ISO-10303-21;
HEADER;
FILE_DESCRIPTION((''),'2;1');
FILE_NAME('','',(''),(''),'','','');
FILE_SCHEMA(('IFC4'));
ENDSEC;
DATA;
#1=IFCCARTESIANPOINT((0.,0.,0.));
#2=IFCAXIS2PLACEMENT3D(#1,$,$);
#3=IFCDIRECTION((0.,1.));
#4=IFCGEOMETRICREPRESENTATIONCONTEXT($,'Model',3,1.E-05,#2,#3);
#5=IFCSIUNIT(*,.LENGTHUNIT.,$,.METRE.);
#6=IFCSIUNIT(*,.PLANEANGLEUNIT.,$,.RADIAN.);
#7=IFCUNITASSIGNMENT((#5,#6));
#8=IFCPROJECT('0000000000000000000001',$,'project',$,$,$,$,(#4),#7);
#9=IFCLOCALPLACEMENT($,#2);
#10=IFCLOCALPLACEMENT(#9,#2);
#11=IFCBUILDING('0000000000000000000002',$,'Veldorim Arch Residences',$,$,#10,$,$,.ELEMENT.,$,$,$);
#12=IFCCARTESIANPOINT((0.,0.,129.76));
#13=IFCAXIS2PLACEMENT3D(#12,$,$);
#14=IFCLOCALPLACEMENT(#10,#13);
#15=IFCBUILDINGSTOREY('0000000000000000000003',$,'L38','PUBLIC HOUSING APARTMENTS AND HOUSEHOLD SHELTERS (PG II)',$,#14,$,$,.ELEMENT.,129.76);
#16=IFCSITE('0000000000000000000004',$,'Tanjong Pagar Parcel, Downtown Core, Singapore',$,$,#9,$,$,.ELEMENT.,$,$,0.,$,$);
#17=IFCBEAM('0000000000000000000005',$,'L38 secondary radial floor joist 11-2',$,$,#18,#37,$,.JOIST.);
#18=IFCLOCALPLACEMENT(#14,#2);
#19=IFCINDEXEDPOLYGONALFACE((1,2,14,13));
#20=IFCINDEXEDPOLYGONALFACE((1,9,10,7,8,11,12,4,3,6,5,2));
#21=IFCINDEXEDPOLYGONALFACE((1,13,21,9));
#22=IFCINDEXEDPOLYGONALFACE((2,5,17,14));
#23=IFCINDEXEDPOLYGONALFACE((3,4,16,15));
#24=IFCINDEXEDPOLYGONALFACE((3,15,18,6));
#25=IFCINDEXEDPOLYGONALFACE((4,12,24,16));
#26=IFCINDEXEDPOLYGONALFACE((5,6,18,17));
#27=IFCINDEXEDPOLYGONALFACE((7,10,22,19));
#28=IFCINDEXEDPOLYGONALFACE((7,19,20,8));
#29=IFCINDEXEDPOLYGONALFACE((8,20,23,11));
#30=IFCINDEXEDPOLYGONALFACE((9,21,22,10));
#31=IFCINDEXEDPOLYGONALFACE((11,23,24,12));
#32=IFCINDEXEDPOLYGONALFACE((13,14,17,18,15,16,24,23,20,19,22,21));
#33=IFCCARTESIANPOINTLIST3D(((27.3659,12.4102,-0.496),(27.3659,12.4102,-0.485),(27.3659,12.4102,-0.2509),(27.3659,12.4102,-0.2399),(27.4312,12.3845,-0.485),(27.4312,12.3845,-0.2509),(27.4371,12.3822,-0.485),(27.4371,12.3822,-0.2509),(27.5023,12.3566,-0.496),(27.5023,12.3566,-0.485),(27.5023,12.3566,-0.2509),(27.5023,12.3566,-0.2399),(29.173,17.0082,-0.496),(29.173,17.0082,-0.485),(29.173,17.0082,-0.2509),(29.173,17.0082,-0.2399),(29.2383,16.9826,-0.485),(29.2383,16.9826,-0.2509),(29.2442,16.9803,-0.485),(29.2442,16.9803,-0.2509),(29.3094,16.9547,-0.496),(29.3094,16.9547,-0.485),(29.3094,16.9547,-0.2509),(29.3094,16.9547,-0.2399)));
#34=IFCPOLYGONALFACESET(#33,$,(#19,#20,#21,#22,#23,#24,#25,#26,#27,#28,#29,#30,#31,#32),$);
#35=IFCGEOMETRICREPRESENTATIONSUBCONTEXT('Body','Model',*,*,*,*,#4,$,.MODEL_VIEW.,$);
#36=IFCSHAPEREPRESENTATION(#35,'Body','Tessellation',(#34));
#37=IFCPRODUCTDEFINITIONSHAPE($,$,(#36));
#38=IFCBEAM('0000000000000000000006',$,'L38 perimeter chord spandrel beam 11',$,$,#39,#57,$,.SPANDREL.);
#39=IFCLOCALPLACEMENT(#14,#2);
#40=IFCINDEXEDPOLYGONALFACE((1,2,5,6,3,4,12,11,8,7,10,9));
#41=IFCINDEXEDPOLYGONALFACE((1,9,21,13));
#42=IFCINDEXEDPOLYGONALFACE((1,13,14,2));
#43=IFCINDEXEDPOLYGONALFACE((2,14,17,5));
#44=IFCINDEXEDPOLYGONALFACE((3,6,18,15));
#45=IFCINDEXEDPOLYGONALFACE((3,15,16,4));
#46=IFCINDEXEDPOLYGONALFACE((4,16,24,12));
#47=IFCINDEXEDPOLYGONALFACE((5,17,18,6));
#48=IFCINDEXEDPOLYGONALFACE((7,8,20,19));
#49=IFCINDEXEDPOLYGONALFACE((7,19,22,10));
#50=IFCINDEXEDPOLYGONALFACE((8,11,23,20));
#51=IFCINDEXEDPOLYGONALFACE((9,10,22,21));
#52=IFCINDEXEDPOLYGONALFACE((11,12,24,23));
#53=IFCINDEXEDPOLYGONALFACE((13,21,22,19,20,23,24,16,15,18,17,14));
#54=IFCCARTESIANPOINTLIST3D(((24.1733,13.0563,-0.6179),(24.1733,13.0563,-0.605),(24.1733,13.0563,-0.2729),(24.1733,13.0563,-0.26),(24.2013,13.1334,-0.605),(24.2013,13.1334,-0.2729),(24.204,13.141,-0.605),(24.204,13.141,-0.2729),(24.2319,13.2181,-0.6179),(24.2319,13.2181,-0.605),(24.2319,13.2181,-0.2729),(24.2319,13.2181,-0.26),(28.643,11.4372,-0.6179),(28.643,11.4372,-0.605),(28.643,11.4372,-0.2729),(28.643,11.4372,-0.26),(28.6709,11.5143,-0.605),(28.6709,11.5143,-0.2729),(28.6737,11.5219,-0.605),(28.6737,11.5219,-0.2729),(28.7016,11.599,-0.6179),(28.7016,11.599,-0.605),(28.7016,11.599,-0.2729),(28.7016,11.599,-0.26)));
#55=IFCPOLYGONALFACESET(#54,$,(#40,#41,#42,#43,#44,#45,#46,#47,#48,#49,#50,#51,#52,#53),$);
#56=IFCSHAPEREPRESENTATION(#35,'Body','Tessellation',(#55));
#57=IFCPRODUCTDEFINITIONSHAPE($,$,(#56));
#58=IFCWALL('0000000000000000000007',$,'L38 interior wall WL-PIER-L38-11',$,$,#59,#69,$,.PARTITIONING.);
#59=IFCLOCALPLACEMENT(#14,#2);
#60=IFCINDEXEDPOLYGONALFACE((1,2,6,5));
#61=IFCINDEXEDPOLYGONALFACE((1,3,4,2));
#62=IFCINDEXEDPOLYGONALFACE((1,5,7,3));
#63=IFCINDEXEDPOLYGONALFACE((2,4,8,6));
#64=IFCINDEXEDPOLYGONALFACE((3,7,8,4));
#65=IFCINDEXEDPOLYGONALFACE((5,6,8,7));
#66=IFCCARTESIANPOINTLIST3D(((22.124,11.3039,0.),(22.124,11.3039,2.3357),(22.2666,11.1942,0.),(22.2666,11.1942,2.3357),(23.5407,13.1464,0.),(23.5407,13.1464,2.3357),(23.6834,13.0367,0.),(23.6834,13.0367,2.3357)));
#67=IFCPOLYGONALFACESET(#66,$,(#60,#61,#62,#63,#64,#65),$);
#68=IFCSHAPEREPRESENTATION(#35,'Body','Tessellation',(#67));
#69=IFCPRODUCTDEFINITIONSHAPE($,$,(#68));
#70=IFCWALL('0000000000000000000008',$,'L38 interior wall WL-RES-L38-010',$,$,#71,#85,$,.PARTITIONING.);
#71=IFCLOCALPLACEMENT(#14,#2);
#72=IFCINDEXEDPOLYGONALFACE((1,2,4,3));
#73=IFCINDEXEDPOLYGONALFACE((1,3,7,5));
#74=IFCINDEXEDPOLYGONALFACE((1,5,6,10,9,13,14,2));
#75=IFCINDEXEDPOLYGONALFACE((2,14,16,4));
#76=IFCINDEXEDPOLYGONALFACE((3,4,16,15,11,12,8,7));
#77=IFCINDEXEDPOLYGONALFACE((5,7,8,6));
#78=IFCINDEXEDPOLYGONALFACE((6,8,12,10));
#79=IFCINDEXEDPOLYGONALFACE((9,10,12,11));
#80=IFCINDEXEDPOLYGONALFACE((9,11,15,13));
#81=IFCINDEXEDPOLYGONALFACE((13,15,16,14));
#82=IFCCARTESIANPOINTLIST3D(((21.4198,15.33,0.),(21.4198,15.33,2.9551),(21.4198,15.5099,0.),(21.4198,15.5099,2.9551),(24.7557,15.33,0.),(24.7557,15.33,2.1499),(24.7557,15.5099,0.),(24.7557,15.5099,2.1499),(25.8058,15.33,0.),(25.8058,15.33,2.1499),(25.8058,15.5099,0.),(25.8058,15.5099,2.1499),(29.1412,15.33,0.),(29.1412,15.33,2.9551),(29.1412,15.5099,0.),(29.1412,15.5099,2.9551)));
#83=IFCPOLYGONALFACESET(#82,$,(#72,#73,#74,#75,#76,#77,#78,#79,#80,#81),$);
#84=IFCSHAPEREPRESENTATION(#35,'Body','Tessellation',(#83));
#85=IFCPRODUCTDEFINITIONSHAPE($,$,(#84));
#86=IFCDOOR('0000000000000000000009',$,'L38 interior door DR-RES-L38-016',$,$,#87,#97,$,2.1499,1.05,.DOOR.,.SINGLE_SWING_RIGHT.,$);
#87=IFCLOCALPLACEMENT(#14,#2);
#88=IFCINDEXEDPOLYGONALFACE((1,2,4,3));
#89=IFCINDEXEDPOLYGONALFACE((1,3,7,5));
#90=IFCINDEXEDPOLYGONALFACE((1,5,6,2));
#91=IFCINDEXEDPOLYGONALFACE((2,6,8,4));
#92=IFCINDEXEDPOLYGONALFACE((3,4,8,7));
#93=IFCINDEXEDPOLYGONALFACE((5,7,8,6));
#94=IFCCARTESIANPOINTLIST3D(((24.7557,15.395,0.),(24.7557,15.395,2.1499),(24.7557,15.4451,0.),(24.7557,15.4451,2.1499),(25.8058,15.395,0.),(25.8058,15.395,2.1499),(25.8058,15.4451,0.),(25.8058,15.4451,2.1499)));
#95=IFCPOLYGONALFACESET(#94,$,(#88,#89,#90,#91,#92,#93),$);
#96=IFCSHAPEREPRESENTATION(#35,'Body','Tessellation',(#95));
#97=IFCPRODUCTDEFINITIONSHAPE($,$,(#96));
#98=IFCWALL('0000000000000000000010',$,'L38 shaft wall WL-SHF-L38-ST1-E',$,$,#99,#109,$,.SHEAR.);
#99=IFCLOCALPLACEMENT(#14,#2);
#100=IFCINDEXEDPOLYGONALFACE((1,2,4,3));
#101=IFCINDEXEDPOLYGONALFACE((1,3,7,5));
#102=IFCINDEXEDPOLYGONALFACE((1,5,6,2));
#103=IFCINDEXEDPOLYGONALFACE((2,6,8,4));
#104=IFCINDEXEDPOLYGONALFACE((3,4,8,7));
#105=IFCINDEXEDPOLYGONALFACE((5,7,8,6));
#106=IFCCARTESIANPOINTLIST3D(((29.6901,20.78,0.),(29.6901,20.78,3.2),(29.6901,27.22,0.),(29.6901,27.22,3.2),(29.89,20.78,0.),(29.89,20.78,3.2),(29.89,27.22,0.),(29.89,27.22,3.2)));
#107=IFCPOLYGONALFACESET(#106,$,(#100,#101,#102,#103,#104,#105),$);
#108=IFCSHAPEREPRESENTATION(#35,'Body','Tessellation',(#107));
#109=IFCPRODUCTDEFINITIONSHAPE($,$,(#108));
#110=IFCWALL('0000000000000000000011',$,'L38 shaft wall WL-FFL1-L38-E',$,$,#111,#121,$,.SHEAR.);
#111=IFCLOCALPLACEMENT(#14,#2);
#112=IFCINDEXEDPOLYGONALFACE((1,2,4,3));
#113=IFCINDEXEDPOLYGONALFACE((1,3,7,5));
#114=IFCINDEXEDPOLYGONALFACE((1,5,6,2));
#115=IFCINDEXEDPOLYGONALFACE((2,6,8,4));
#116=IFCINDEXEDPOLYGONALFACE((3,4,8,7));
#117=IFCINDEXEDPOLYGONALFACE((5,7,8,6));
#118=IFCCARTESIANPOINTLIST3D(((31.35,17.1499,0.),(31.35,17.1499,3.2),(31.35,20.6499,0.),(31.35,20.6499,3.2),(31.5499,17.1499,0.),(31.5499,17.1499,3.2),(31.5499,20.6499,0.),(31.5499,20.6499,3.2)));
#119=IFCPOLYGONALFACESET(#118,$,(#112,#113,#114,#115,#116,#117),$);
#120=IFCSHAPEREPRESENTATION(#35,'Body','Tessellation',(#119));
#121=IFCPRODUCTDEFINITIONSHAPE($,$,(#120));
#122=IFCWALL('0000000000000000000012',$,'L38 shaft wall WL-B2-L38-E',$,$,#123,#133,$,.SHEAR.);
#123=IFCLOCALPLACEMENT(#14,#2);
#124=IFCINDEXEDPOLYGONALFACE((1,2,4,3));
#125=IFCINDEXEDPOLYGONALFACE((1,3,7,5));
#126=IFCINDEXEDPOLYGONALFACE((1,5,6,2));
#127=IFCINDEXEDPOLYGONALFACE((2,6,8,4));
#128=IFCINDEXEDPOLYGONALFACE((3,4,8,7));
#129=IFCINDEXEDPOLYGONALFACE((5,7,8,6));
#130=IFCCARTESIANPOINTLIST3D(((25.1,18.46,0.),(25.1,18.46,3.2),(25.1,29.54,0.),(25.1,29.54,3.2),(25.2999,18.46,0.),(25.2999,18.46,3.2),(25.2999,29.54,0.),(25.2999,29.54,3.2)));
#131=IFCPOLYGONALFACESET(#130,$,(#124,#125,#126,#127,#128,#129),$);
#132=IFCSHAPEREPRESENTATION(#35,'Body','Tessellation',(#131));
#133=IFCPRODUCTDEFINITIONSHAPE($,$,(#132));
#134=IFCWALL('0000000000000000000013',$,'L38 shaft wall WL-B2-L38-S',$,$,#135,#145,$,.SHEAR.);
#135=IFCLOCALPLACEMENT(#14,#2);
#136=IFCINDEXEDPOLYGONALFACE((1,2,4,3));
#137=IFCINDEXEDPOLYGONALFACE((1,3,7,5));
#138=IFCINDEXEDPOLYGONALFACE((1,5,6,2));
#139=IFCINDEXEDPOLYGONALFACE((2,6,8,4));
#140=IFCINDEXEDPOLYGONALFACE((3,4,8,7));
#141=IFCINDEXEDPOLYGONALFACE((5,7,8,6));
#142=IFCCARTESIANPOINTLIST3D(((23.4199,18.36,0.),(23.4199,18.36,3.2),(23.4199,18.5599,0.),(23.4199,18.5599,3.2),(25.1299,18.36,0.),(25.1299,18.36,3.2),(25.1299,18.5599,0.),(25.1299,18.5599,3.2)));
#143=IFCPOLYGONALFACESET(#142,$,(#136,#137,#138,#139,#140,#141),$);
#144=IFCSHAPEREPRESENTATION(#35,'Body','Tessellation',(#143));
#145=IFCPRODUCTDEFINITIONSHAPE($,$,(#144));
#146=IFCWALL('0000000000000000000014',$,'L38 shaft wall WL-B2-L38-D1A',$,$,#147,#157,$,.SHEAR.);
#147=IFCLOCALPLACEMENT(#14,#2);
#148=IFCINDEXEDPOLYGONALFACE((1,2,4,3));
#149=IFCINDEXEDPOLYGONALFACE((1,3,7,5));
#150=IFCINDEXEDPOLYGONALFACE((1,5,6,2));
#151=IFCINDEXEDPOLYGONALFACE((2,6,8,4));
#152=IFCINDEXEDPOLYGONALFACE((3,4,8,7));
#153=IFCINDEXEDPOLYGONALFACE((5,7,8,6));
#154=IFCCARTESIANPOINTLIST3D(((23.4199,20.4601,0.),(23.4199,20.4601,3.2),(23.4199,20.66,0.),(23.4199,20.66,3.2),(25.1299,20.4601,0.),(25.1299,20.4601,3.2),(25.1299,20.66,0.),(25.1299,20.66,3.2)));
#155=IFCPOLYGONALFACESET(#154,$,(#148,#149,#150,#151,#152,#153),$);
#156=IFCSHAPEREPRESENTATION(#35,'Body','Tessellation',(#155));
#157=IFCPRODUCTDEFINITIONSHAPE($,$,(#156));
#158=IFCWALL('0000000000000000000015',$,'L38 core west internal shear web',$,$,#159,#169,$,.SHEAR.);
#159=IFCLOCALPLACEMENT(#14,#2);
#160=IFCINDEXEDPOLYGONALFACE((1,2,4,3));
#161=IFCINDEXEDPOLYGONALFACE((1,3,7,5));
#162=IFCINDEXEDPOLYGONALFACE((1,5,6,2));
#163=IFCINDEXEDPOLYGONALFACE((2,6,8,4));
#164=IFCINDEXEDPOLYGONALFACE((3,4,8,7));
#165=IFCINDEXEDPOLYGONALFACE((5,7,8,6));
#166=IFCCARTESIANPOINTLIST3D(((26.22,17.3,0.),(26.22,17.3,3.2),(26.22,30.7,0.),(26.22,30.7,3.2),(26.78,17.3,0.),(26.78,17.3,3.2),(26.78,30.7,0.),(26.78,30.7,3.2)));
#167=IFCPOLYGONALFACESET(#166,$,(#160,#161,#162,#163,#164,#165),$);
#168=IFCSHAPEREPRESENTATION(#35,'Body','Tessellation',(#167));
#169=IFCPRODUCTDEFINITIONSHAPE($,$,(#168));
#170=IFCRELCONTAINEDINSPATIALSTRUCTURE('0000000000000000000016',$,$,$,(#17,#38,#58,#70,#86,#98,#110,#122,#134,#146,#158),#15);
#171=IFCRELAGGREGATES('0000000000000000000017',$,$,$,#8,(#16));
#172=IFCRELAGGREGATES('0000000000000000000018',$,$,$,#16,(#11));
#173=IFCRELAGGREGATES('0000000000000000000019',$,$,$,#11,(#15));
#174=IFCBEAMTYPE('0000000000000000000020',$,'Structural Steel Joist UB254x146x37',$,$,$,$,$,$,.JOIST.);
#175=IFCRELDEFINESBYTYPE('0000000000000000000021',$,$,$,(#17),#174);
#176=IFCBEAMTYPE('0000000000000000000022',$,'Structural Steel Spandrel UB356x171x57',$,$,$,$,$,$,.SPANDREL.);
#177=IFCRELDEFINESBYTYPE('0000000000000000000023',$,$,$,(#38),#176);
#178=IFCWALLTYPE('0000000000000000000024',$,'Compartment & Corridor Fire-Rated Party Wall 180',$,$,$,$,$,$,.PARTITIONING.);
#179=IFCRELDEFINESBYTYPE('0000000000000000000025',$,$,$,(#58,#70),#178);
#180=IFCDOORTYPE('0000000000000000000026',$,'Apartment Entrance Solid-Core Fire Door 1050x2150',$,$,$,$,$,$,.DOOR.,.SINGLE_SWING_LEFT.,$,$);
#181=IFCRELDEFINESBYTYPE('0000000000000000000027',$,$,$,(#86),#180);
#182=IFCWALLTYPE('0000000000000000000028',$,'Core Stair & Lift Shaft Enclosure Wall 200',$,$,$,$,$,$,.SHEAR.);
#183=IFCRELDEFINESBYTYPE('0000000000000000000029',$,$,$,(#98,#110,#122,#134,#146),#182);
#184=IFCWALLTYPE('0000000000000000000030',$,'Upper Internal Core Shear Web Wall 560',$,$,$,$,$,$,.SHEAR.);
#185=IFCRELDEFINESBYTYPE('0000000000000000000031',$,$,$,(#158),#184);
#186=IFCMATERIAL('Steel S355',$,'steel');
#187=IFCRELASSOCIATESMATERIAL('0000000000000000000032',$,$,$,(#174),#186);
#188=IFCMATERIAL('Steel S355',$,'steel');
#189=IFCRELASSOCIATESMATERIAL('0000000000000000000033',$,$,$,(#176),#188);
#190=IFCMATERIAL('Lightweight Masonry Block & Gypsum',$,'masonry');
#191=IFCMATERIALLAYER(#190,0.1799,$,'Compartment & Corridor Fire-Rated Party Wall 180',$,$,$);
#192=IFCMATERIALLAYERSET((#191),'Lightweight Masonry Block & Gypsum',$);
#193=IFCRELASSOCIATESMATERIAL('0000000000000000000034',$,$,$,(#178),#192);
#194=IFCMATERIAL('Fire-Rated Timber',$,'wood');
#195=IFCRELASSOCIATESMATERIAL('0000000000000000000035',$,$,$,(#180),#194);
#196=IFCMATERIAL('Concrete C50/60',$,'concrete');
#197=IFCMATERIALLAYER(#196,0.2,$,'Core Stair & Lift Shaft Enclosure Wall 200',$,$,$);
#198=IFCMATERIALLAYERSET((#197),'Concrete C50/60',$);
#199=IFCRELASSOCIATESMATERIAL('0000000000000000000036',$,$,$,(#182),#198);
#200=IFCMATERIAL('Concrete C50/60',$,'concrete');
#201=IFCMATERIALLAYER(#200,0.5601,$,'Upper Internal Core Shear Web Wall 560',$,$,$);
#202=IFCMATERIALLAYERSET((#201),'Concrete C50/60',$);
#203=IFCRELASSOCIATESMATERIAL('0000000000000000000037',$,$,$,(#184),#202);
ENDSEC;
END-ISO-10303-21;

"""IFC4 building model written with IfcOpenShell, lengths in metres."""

from ifc_helpers import new_model, si_unit, direction, frame, frame_2d, origin, origin_2d, place, context, subcontext, project, spatial, rectangle, i_section, extrude, material, layer, layer_set, material_profile, profile_set, type_object, element, fill, save


model = new_model("IFC4")

# Units and contexts
model_context = context("Model", 3, precision=1e-05, world=origin(), true_north=direction((0.0, 1.0)))
body_context = subcontext(model_context, "Body", "Model", "MODEL_VIEW")
ifc_project = project(units=[si_unit("LENGTHUNIT", "METRE"), si_unit("PLANEANGLEUNIT", "RADIAN")], contexts=[model_context])

# Site, building, storey
site_placement = place(None, origin())
site = spatial("IfcSite", under=ifc_project, at=site_placement, Name="Tanjong Pagar Parcel, Downtown Core, Singapore", CompositionType="ELEMENT", RefElevation=0.0)
building_placement = place(site_placement, origin())
building = spatial("IfcBuilding", under=site, at=building_placement, Name="Veldorim Arch Residences", CompositionType="ELEMENT")
storey_placement = place(building_placement, frame((0.0, 0.0, 129.76)))
storey = spatial("IfcBuildingStorey", under=building, at=storey_placement, Name="L38", Description="PUBLIC HOUSING APARTMENTS AND HOUSEHOLD SHELTERS (PG II)", CompositionType="ELEMENT", Elevation=129.76)

# Beams
ifc_material_1 = material(Name="Steel S355", Category="steel")
ifc_material_profile_1 = material_profile(ifc_material_1, i_section(OverallWidth=0.1465, OverallDepth=0.2561, WebThickness=0.0063, FlangeThickness=0.011, at=origin_2d()), Name="UB254x146x37")
ifc_profile_set_1 = profile_set([ifc_material_profile_1], Name="Steel S355")
beam_type_1 = type_object("IfcBeamType", Name="Structural Steel Joist UB254x146x37", PredefinedType="JOIST", material=ifc_profile_set_1)
beam_1_placement = place(storey_placement, frame((29.2412, 16.9814, -0.3679), z_axis=(-0.365778, -0.930702, 0.0), x_axis=(0.930702, -0.365778, 0.0)))
element("IfcBeam", 1, at=beam_1_placement, inside=storey, type_object=beam_type_1, Name="L38 secondary radial floor joist 11-2", PredefinedType="JOIST", context=body_context, shape_type="SweptSolid", body=[
    extrude(i_section(OverallWidth=0.1465, OverallDepth=0.2561, WebThickness=0.0063, FlangeThickness=0.011, at=origin_2d()), origin(), (0.0, 0.0, 1.0), 4.9404),
])
ifc_material_2 = material(Name="Steel S355", Category="steel")
ifc_material_profile_2 = material_profile(ifc_material_2, i_section(OverallWidth=0.1721, OverallDepth=0.3579, WebThickness=0.0081, FlangeThickness=0.0129, at=origin_2d()), Name="UB356x171x57")
ifc_profile_set_2 = profile_set([ifc_material_profile_2], Name="Steel S355")
beam_type_2 = type_object("IfcBeamType", Name="Structural Steel Spandrel UB356x171x57", PredefinedType="SPANDREL", material=ifc_profile_set_2)
beam_2_placement = place(storey_placement, frame((24.2026, 13.1372, -0.439), z_axis=(0.940213, -0.340588, 0.0), x_axis=(0.340588, 0.940213, 0.0)))
element("IfcBeam", 2, at=beam_2_placement, inside=storey, type_object=beam_type_2, Name="L38 perimeter chord spandrel beam 11", PredefinedType="SPANDREL", context=body_context, shape_type="SweptSolid", body=[
    extrude(i_section(OverallWidth=0.1721, OverallDepth=0.3579, WebThickness=0.0081, FlangeThickness=0.0129, at=origin_2d()), origin(), (0.0, 0.0, 1.0), 4.7539),
])

# Wall
ifc_material_3 = material(Name="Lightweight Masonry Block & Gypsum", Category="masonry")
ifc_layer_1 = layer(ifc_material_3, 0.1799, Name="Compartment & Corridor Fire-Rated Party Wall 180")
ifc_layer_set_1 = layer_set([ifc_layer_1], Name="Lightweight Masonry Block & Gypsum")
wall_type_1 = type_object("IfcWallType", Name="Compartment & Corridor Fire-Rated Party Wall 180", PredefinedType="PARTITIONING", material=ifc_layer_set_1)
wall_1_placement = place(storey_placement, frame((23.6121, 13.0916, 0.0), z_axis=(0.0, 0.0, 1.0), x_axis=(-0.609553, -0.792745, 0.0)))
element("IfcWall", 3, at=wall_1_placement, inside=storey, type_object=wall_type_1, Name="L38 interior wall WL-PIER-L38-11", PredefinedType="PARTITIONING", context=body_context, shape_type="SweptSolid", body=[
    extrude(rectangle(XDim=2.3242, YDim=0.1799, at=frame_2d((1.1621, 0.0))), origin(), (0.0, 0.0, 1.0), 2.3357),
])

# Wall, opening, door
wall_2_placement = place(storey_placement, frame((29.1414, 15.4199, 0.0), z_axis=(0.0, 0.0, 1.0), x_axis=(-1.0, 0.0, 0.0)))
wall_2 = element("IfcWall", 4, at=wall_2_placement, inside=storey, type_object=wall_type_1, Name="L38 interior wall WL-RES-L38-010", PredefinedType="PARTITIONING", context=body_context, shape_type="SweptSolid", body=[
    extrude(rectangle(XDim=7.7214, YDim=0.1799, at=frame_2d((3.8608, 0.0))), origin(), (0.0, 0.0, 1.0), 2.9551),
])
opening_1_placement = place(wall_2_placement, frame((3.3357, 0.0, 0.0)))
opening_1 = element("IfcOpeningElement", 5, at=opening_1_placement, cuts=wall_2, PredefinedType="OPENING", context=body_context, shape_type="SweptSolid", body=[
    extrude(rectangle(XDim=1.05, YDim=2.1499, at=frame_2d((0.5249, 1.075))), frame((0.0, 0.0999, 0.0), z_axis=(0.0, -1.0, 0.0), x_axis=(1.0, 0.0, 0.0)), (0.0, 0.0, 1.0), 0.2),
])
ifc_material_4 = material(Name="Fire-Rated Timber", Category="wood")
door_type_1 = type_object("IfcDoorType", Name="Apartment Entrance Solid-Core Fire Door 1050x2150", OperationType="SINGLE_SWING_LEFT", PredefinedType="DOOR", material=ifc_material_4)
door_1_placement = place(opening_1_placement, origin())
door_1 = element("IfcDoor", 6, at=door_1_placement, inside=storey, type_object=door_type_1, Name="L38 interior door DR-RES-L38-016", OperationType="SINGLE_SWING_RIGHT", OverallHeight=2.1499, OverallWidth=1.05, PredefinedType="DOOR", context=body_context, shape_type="SweptSolid", body=[
    extrude(rectangle(XDim=1.05, YDim=2.1499, at=frame_2d((0.5249, 1.075))), frame((0.0, 0.0249, 0.0), z_axis=(0.0, -1.0, 0.0), x_axis=(1.0, 0.0, 0.0)), (0.0, 0.0, 1.0), 0.05),
])
fill(opening_1, door_1)

# Wall
ifc_material_5 = material(Name="Concrete C50/60", Category="concrete")
ifc_layer_2 = layer(ifc_material_5, 0.2, Name="Core Stair & Lift Shaft Enclosure Wall 200")
ifc_layer_set_2 = layer_set([ifc_layer_2], Name="Concrete C50/60")
wall_type_2 = type_object("IfcWallType", Name="Core Stair & Lift Shaft Enclosure Wall 200", PredefinedType="SHEAR", material=ifc_layer_set_2)
wall_3_placement = place(storey_placement, frame((29.79, 20.78, 0.0), z_axis=(0.0, 0.0, 1.0), x_axis=(0.0, 1.0, 0.0)))
element("IfcWall", 7, at=wall_3_placement, inside=storey, type_object=wall_type_2, Name="L38 shaft wall WL-SHF-L38-ST1-E", PredefinedType="SHEAR", context=body_context, shape_type="SweptSolid", body=[
    extrude(rectangle(XDim=6.4399, YDim=0.2, at=frame_2d((3.22, 0.0))), origin(), (0.0, 0.0, 1.0), 3.2),
])

# Wall
wall_4_placement = place(storey_placement, frame((31.45, 17.1499, 0.0), z_axis=(0.0, 0.0, 1.0), x_axis=(0.0, 1.0, 0.0)))
element("IfcWall", 8, at=wall_4_placement, inside=storey, type_object=wall_type_2, Name="L38 shaft wall WL-FFL1-L38-E", PredefinedType="SHEAR", context=body_context, shape_type="SweptSolid", body=[
    extrude(rectangle(XDim=3.5, YDim=0.2, at=frame_2d((1.75, 0.0))), origin(), (0.0, 0.0, 1.0), 3.2),
])

# Walls
wall_5_placement = place(storey_placement, frame((25.2, 18.46, 0.0), z_axis=(0.0, 0.0, 1.0), x_axis=(0.0, 1.0, 0.0)))
element("IfcWall", 9, at=wall_5_placement, inside=storey, type_object=wall_type_2, Name="L38 shaft wall WL-B2-L38-E", PredefinedType="SHEAR", context=body_context, shape_type="SweptSolid", body=[
    extrude(rectangle(XDim=11.0801, YDim=0.2, at=frame_2d((5.54, 0.0))), origin(), (0.0, 0.0, 1.0), 3.2),
])
for number, where, z_axis, x_axis, name in (
    (10, (23.4199, 18.46, 0.0), (0.0, 0.0, 1.0), (1.0, 0.0, 0.0), "L38 shaft wall WL-B2-L38-S"),
    (11, (23.4199, 20.5601, 0.0), (0.0, 0.0, 1.0), (1.0, 0.0, 0.0), "L38 shaft wall WL-B2-L38-D1A"),
):
    element("IfcWall", number, at=place(storey_placement, frame(where, z_axis=z_axis, x_axis=x_axis)), inside=storey, type_object=wall_type_2, Name=name, PredefinedType="SHEAR", context=body_context, shape_type="SweptSolid", body=[
        extrude(rectangle(XDim=1.71, YDim=0.2, at=frame_2d((0.855, 0.0))), origin(), (0.0, 0.0, 1.0), 3.2),
    ])
ifc_material_6 = material(Name="Concrete C50/60", Category="concrete")
ifc_layer_3 = layer(ifc_material_6, 0.5601, Name="Upper Internal Core Shear Web Wall 560")
ifc_layer_set_3 = layer_set([ifc_layer_3], Name="Concrete C50/60")
wall_type_3 = type_object("IfcWallType", Name="Upper Internal Core Shear Web Wall 560", PredefinedType="SHEAR", material=ifc_layer_set_3)
wall_6_placement = place(storey_placement, frame((26.5, 17.3, 0.0), z_axis=(0.0, 0.0, 1.0), x_axis=(0.0, 1.0, 0.0)))
element("IfcWall", 12, at=wall_6_placement, inside=storey, type_object=wall_type_3, Name="L38 core west internal shear web", PredefinedType="SHEAR", context=body_context, shape_type="SweptSolid", body=[
    extrude(rectangle(XDim=13.3999, YDim=0.5601, at=frame_2d((6.7, 0.0))), origin(), (0.0, 0.0, 1.0), 3.2),
])

save(model, "model.ifc")
